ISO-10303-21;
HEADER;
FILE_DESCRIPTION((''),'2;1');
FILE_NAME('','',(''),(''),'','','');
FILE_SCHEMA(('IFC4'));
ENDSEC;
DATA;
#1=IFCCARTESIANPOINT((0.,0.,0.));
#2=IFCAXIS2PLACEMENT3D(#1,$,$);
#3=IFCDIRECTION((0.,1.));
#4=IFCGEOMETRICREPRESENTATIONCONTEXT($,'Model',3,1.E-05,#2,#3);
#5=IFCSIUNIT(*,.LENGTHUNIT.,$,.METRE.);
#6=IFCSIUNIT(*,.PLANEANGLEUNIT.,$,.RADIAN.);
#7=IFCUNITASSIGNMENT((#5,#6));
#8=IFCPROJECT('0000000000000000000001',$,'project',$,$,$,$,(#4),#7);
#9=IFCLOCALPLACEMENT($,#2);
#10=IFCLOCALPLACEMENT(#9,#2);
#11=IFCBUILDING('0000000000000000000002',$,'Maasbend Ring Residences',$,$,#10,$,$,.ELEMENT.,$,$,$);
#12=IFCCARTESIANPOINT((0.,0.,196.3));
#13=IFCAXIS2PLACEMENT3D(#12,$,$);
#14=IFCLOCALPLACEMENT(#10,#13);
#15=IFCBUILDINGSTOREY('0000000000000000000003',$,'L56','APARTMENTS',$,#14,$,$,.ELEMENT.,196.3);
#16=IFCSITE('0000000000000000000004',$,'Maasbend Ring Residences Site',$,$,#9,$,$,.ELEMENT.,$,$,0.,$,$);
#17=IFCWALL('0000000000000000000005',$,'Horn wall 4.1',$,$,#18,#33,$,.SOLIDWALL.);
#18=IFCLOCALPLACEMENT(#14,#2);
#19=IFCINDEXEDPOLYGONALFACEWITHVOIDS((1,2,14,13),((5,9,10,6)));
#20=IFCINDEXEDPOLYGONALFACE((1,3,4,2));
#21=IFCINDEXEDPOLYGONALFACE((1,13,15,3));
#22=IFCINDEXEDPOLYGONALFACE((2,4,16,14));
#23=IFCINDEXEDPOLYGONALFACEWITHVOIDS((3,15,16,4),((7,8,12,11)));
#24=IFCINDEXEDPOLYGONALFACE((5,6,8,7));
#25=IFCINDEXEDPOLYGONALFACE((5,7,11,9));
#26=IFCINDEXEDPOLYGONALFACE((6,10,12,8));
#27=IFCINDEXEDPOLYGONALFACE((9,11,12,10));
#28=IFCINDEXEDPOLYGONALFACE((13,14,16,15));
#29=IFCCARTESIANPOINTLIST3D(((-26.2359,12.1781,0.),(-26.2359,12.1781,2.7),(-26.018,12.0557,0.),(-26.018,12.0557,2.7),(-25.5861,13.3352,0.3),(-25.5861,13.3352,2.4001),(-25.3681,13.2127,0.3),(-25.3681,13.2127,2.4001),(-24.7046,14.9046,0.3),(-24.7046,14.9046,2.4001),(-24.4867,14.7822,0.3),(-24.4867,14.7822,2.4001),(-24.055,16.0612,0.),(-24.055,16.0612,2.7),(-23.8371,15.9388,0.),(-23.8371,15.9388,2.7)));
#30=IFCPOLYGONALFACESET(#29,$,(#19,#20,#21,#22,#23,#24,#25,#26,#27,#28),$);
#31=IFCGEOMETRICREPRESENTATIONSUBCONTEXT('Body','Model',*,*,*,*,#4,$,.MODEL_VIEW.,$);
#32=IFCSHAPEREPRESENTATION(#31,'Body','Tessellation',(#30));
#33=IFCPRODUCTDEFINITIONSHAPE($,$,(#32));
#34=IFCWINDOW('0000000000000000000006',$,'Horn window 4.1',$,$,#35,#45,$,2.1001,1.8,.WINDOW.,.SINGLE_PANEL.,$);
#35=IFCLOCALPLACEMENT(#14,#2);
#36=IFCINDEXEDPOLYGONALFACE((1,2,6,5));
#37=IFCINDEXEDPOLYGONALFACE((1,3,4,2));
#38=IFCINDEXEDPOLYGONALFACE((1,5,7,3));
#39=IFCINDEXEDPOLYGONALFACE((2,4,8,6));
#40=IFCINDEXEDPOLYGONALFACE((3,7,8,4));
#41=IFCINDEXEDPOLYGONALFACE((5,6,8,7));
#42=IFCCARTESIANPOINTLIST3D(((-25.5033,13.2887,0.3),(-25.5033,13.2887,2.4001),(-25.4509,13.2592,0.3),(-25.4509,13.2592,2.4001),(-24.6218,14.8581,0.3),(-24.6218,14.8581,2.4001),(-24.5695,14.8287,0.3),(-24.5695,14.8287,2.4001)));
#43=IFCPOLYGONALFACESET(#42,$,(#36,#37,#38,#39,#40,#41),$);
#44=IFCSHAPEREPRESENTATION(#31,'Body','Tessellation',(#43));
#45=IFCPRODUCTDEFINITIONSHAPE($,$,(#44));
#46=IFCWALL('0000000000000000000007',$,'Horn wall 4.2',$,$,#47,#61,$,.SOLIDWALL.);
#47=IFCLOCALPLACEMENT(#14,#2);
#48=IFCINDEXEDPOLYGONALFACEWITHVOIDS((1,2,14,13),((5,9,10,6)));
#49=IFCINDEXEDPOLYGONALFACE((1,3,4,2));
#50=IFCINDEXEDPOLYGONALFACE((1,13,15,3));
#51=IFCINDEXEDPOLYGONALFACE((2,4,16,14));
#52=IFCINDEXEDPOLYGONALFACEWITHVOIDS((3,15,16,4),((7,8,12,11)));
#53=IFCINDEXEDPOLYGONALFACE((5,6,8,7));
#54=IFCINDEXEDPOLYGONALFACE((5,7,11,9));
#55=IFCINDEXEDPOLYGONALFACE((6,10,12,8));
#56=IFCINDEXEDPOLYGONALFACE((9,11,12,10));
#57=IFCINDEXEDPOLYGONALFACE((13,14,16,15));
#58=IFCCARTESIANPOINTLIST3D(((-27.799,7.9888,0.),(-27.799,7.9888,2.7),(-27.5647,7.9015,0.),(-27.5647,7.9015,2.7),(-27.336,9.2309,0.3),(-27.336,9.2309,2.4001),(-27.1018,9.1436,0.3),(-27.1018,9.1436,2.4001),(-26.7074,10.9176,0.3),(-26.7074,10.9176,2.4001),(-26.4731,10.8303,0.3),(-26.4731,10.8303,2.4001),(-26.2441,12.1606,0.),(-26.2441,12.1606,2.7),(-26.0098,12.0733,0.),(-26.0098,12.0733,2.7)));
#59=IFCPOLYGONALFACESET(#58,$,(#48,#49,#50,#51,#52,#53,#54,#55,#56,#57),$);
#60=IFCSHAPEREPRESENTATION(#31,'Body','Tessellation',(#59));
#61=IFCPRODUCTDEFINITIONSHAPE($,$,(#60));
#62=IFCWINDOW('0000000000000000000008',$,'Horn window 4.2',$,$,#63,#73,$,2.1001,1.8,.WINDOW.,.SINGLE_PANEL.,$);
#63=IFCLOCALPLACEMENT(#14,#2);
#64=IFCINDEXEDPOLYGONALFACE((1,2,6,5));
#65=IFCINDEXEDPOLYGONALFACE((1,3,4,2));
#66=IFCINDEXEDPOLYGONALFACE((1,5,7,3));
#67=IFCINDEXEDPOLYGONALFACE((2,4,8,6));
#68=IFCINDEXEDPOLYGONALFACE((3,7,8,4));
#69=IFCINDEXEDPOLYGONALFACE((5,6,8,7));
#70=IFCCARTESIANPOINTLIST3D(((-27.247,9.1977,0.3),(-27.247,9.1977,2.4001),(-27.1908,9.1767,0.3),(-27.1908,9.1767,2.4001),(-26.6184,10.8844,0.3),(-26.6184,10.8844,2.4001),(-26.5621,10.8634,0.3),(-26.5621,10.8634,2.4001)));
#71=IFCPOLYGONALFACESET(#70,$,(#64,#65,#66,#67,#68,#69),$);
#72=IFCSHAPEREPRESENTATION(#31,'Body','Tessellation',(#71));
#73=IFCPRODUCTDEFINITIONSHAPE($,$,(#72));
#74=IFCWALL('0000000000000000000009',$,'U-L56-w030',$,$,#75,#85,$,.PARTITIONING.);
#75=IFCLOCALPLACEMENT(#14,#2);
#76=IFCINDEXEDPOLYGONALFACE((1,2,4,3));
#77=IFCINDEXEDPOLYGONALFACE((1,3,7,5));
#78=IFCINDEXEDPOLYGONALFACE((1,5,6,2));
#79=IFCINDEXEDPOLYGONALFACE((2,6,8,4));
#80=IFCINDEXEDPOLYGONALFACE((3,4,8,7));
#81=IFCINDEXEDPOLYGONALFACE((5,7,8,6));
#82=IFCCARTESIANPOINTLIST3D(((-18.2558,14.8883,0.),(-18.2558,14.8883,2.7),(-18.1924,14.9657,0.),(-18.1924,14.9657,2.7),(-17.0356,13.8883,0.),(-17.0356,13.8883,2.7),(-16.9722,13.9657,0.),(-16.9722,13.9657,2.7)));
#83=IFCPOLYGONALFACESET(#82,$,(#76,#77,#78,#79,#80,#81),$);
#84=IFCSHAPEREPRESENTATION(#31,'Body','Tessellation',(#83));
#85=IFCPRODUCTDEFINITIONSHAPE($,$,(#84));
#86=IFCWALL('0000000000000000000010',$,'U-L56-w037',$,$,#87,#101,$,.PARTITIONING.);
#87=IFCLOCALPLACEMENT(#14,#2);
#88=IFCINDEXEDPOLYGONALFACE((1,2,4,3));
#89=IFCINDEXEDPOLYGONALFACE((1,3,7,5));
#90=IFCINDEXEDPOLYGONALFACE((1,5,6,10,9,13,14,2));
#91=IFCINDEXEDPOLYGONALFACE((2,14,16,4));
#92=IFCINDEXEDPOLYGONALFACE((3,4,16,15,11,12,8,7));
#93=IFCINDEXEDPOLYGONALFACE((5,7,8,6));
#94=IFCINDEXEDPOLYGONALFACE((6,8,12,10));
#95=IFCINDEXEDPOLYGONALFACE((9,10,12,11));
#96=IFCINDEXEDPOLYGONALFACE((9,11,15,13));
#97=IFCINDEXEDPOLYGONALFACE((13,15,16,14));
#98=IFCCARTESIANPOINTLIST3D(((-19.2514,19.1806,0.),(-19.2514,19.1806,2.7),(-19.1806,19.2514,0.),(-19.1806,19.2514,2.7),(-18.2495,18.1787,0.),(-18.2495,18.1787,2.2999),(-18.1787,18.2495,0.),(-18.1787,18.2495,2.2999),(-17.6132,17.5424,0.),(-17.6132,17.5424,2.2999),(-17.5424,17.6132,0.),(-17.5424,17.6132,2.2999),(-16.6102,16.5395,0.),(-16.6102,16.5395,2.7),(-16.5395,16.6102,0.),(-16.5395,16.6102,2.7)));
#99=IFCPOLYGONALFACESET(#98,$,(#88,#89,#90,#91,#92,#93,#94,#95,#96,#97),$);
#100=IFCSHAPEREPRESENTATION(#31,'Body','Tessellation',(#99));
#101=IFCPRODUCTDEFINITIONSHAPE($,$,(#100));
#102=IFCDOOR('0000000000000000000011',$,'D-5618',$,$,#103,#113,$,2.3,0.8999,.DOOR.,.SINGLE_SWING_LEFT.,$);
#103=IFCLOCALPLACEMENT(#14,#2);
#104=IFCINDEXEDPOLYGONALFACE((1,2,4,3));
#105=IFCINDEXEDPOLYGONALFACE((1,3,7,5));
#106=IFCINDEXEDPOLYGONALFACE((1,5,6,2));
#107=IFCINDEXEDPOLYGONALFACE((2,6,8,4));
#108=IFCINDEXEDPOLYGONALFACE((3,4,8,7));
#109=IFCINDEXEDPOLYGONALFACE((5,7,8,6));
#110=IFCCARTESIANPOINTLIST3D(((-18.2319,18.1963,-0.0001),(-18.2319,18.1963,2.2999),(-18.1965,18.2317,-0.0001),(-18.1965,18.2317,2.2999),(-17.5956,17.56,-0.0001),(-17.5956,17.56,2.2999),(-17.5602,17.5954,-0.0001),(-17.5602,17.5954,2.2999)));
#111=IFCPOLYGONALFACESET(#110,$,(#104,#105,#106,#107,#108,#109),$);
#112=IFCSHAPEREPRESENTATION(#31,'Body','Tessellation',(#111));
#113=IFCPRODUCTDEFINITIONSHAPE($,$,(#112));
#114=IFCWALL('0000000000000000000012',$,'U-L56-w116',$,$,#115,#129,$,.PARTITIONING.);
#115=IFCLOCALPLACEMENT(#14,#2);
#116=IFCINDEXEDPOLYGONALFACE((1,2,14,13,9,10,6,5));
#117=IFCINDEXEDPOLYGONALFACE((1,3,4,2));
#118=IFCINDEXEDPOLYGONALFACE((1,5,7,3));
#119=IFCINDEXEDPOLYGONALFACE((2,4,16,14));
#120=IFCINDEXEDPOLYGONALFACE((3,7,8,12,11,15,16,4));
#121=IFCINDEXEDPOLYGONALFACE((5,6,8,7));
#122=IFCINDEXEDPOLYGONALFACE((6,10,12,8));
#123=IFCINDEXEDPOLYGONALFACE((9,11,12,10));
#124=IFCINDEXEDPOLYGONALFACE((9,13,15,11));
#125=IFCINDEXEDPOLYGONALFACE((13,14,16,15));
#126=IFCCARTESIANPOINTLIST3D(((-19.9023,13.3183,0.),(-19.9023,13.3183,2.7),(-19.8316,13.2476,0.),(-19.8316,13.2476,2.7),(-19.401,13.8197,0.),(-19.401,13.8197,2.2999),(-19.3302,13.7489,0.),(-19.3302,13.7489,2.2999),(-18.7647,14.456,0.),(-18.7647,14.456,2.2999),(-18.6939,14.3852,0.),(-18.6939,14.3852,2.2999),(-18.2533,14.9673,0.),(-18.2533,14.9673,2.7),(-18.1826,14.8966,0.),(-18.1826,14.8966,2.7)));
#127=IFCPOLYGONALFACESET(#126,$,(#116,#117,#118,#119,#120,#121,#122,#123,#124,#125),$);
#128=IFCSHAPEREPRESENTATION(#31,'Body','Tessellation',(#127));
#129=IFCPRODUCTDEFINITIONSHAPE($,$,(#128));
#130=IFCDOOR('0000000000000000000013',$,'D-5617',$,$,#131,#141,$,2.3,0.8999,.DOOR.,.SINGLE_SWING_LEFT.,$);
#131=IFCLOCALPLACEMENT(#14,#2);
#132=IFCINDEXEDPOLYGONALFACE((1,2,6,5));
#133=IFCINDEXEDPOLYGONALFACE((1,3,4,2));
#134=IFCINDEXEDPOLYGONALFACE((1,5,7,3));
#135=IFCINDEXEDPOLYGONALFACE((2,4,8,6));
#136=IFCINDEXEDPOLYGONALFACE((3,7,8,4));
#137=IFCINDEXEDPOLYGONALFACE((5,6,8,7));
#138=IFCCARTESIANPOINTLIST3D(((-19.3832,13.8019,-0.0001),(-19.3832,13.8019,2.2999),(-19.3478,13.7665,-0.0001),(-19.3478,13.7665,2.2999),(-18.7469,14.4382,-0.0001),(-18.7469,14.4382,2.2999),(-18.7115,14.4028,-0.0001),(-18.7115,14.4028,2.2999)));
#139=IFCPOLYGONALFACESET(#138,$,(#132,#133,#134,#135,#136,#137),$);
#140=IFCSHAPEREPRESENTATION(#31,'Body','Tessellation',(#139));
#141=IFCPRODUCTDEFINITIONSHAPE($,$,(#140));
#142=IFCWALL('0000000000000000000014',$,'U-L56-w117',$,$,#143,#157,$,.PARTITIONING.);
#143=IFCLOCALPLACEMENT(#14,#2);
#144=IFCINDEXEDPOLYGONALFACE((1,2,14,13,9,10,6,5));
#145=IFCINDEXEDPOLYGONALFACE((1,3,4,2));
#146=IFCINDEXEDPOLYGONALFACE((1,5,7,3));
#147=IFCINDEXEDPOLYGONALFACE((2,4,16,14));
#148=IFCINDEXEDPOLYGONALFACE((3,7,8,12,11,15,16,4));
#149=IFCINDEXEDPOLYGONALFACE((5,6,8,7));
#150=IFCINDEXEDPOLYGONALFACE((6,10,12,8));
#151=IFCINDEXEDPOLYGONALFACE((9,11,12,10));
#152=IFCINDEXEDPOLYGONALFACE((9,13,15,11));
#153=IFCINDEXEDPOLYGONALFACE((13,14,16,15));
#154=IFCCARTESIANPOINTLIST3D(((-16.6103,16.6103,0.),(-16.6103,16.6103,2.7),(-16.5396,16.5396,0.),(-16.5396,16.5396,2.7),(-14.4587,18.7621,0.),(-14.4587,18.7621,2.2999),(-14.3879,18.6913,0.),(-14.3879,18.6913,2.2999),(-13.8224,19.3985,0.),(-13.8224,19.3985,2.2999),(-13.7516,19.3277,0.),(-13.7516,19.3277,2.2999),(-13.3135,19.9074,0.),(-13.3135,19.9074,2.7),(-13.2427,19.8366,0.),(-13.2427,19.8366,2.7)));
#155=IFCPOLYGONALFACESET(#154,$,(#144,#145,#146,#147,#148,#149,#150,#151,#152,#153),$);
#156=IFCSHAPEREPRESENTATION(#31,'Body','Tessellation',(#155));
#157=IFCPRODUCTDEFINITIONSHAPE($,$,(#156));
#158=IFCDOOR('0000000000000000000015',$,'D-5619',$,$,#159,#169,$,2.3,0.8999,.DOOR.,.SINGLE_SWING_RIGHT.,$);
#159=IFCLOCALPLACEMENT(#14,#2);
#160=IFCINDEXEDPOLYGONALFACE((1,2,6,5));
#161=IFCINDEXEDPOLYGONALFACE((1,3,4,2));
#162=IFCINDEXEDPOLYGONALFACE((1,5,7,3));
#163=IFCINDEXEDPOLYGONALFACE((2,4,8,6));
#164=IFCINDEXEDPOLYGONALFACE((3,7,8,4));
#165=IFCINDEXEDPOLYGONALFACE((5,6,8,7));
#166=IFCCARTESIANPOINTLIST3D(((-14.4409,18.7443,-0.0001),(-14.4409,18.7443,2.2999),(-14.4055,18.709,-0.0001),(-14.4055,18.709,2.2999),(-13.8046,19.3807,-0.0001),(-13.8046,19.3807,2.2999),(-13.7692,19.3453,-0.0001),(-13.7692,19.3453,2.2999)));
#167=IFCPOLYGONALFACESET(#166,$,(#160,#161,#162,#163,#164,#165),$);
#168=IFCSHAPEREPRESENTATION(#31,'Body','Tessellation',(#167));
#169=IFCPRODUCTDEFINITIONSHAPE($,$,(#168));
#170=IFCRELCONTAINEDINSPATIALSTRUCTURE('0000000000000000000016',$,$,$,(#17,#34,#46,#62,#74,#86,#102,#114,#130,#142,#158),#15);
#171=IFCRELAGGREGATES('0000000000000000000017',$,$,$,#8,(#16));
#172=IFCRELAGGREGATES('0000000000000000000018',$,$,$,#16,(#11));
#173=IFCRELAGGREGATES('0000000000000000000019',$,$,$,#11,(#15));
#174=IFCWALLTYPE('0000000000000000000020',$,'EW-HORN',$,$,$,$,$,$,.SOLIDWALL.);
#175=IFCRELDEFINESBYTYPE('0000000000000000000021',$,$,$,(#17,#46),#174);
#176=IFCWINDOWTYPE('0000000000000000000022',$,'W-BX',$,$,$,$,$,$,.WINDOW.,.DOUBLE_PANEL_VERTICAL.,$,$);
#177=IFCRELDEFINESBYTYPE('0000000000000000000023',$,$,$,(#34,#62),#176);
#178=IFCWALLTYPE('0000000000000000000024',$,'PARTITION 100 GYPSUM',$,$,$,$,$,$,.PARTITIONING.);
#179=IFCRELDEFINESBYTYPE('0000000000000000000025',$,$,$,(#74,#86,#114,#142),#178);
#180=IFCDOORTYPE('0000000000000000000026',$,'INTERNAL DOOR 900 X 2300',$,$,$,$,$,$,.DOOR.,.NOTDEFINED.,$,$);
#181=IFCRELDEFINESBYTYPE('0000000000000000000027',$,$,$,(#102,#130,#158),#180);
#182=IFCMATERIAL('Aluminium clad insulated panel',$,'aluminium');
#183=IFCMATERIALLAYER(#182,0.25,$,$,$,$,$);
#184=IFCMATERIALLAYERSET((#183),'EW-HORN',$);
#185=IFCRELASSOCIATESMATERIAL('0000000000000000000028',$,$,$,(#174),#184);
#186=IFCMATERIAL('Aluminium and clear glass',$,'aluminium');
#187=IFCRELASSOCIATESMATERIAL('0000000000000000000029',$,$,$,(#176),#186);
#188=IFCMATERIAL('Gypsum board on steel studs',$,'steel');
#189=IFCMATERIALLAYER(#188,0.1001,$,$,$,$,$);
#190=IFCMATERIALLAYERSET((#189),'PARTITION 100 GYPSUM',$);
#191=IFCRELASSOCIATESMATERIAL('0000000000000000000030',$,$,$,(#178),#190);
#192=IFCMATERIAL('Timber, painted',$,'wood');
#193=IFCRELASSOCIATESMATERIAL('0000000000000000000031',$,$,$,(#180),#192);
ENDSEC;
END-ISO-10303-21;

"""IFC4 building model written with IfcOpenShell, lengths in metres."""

from ifc_helpers import new_model, si_unit, direction, frame, frame_2d, origin, place, context, subcontext, project, spatial, rectangle, extrude, material, layer, layer_set, type_object, element, fill, save


model = new_model("IFC4")

# Units and contexts
model_context = context("Model", 3, precision=1e-05, world=origin(), true_north=direction((0.0, 1.0)))
body_context = subcontext(model_context, "Body", "Model", "MODEL_VIEW")
ifc_project = project(units=[si_unit("LENGTHUNIT", "METRE"), si_unit("PLANEANGLEUNIT", "RADIAN")], contexts=[model_context])

# Site, building, storey
site_placement = place(None, origin())
site = spatial("IfcSite", under=ifc_project, at=site_placement, Name="Maasbend Ring Residences Site", CompositionType="ELEMENT", RefElevation=0.0)
building_placement = place(site_placement, origin())
building = spatial("IfcBuilding", under=site, at=building_placement, Name="Maasbend Ring Residences", CompositionType="ELEMENT")
storey_placement = place(building_placement, frame((0.0, 0.0, 196.3)))
storey = spatial("IfcBuildingStorey", under=building, at=storey_placement, Name="L56", Description="APARTMENTS", CompositionType="ELEMENT", Elevation=196.3)

# Walls, openings, windows
ifc_material_1 = material(Name="Aluminium clad insulated panel", Category="aluminium")
ifc_layer_1 = layer(ifc_material_1, 0.25)
ifc_layer_set_1 = layer_set([ifc_layer_1], Name="EW-HORN")
wall_type_1 = type_object("IfcWallType", Name="EW-HORN", PredefinedType="SOLIDWALL", material=ifc_layer_set_1)
wall_1_placement = place(storey_placement, frame((-23.946, 16.0, 0.0), z_axis=(0.0, 0.0, 1.0), x_axis=(-0.489696, -0.871893, 0.0)))
wall_1 = element("IfcWall", 1, at=wall_1_placement, inside=storey, type_object=wall_type_1, Name="Horn wall 4.1", PredefinedType="SOLIDWALL", context=body_context, shape_type="SweptSolid", body=[
    extrude(rectangle(XDim=4.4536, YDim=0.25, at=frame_2d((2.2268, 0.0))), origin(), (0.0, 0.0, 1.0), 2.7),
])
opening_1_placement = place(wall_1_placement, frame((1.3267, 0.0, 0.3)))
opening_1 = element("IfcOpeningElement", 2, at=opening_1_placement, cuts=wall_1, PredefinedType="OPENING", context=body_context, shape_type="SweptSolid", body=[
    extrude(rectangle(XDim=1.8, YDim=2.1001, at=frame_2d((0.8999, 1.05))), frame((0.0, 0.135, 0.0), z_axis=(0.0, -1.0, 0.0), x_axis=(1.0, 0.0, 0.0)), (0.0, 0.0, 1.0), 0.27),
])
ifc_material_2 = material(Name="Aluminium and clear glass", Category="aluminium")
window_type_1 = type_object("IfcWindowType", Name="W-BX", PartitioningType="DOUBLE_PANEL_VERTICAL", PredefinedType="WINDOW", material=ifc_material_2)
window_1_placement = place(opening_1_placement, origin())
window_1 = element("IfcWindow", 3, at=window_1_placement, inside=storey, type_object=window_type_1, Name="Horn window 4.1", OverallHeight=2.1001, OverallWidth=1.8, PartitioningType="SINGLE_PANEL", PredefinedType="WINDOW", context=body_context, shape_type="SweptSolid", body=[
    extrude(rectangle(XDim=1.8, YDim=2.1001, at=frame_2d((0.8999, 1.05))), frame((0.0, 0.03, 0.0), z_axis=(0.0, -1.0, 0.0), x_axis=(1.0, 0.0, 0.0)), (0.0, 0.0, 1.0), 0.0601),
])
fill(opening_1, window_1)
wall_2_placement = place(storey_placement, frame((-26.127, 12.1169, 0.0), z_axis=(0.0, 0.0, 1.0), x_axis=(-0.349248, -0.93703, 0.0)))
wall_2 = element("IfcWall", 4, at=wall_2_placement, inside=storey, type_object=wall_type_1, Name="Horn wall 4.2", PredefinedType="SOLIDWALL", context=body_context, shape_type="SweptSolid", body=[
    extrude(rectangle(XDim=4.4521, YDim=0.25, at=frame_2d((2.2261, 0.0))), origin(), (0.0, 0.0, 1.0), 2.7),
])
opening_2_placement = place(wall_2_placement, frame((1.3267, 0.0, 0.3)))
opening_2 = element("IfcOpeningElement", 5, at=opening_2_placement, cuts=wall_2, PredefinedType="OPENING", context=body_context, shape_type="SweptSolid", body=[
    extrude(rectangle(XDim=1.8, YDim=2.1001, at=frame_2d((0.8999, 1.05))), frame((0.0, 0.135, 0.0), z_axis=(0.0, -1.0, 0.0), x_axis=(1.0, 0.0, 0.0)), (0.0, 0.0, 1.0), 0.27),
])
window_2_placement = place(opening_2_placement, origin())
window_2 = element("IfcWindow", 6, at=window_2_placement, inside=storey, type_object=window_type_1, Name="Horn window 4.2", OverallHeight=2.1001, OverallWidth=1.8, PartitioningType="SINGLE_PANEL", PredefinedType="WINDOW", context=body_context, shape_type="SweptSolid", body=[
    extrude(rectangle(XDim=1.8, YDim=2.1001, at=frame_2d((0.8999, 1.05))), frame((0.0, 0.03, 0.0), z_axis=(0.0, -1.0, 0.0), x_axis=(1.0, 0.0, 0.0)), (0.0, 0.0, 1.0), 0.0601),
])
fill(opening_2, window_2)

# Wall
ifc_material_3 = material(Name="Gypsum board on steel studs", Category="steel")
ifc_layer_2 = layer(ifc_material_3, 0.1001)
ifc_layer_set_2 = layer_set([ifc_layer_2], Name="PARTITION 100 GYPSUM")
wall_type_2 = type_object("IfcWallType", Name="PARTITION 100 GYPSUM", PredefinedType="PARTITIONING", material=ifc_layer_set_2)
wall_3_placement = place(storey_placement, frame((-18.2241, 14.927, 0.0), z_axis=(0.0, 0.0, 1.0), x_axis=(0.773447, -0.633861, 0.0)))
element("IfcWall", 7, at=wall_3_placement, inside=storey, type_object=wall_type_2, Name="U-L56-w030", PredefinedType="PARTITIONING", context=body_context, shape_type="SweptSolid", body=[
    extrude(rectangle(XDim=1.5776, YDim=0.1001, at=frame_2d((0.7888, 0.0))), origin(), (0.0, 0.0, 1.0), 2.7),
])

# Walls, openings, doors
wall_4_placement = place(storey_placement, frame((-19.2161, 19.2161, 0.0), z_axis=(0.0, 0.0, 1.0), x_axis=(0.707107, -0.707107, 0.0)))
wall_4 = element("IfcWall", 8, at=wall_4_placement, inside=storey, type_object=wall_type_2, Name="U-L56-w037", PredefinedType="PARTITIONING", context=body_context, shape_type="SweptSolid", body=[
    extrude(rectangle(XDim=3.7351, YDim=0.1001, at=frame_2d((1.8677, 0.0))), origin(), (0.0, 0.0, 1.0), 2.7),
])
opening_3_placement = place(wall_4_placement, frame((1.417, 0.0, 0.0)))
opening_3 = element("IfcOpeningElement", 9, at=opening_3_placement, cuts=wall_4, PredefinedType="OPENING", context=body_context, shape_type="SweptSolid", body=[
    extrude(rectangle(XDim=0.8999, YDim=2.3, at=frame_2d((0.45, 1.1499))), frame((0.0, 0.0601, 0.0), z_axis=(0.0, -1.0, 0.0), x_axis=(1.0, 0.0, 0.0)), (0.0, 0.0, 1.0), 0.1201),
])
ifc_material_4 = material(Name="Timber, painted", Category="wood")
door_type_1 = type_object("IfcDoorType", Name="INTERNAL DOOR 900 X 2300", OperationType="NOTDEFINED", PredefinedType="DOOR", material=ifc_material_4)
door_1_placement = place(opening_3_placement, origin())
door_1 = element("IfcDoor", 10, at=door_1_placement, inside=storey, type_object=door_type_1, Name="D-5618", OperationType="SINGLE_SWING_LEFT", OverallHeight=2.3, OverallWidth=0.8999, PredefinedType="DOOR", context=body_context, shape_type="SweptSolid", body=[
    extrude(rectangle(XDim=0.8999, YDim=2.3, at=frame_2d((0.45, 1.1499))), frame((0.0, 0.0249, 0.0), z_axis=(0.0, -1.0, 0.0), x_axis=(1.0, 0.0, 0.0)), (0.0, 0.0, 1.0), 0.05),
])
fill(opening_3, door_1)
wall_5_placement = place(storey_placement, frame((-19.8669, 13.283, 0.0), z_axis=(0.0, 0.0, 1.0), x_axis=(0.707107, 0.707107, 0.0)))
wall_5 = element("IfcWall", 11, at=wall_5_placement, inside=storey, type_object=wall_type_2, Name="U-L56-w116", PredefinedType="PARTITIONING", context=body_context, shape_type="SweptSolid", body=[
    extrude(rectangle(XDim=2.332, YDim=0.1001, at=frame_2d((1.166, 0.0))), origin(), (0.0, 0.0, 1.0), 2.7),
])
opening_4_placement = place(wall_5_placement, frame((0.709, 0.0, 0.0)))
opening_4 = element("IfcOpeningElement", 12, at=opening_4_placement, cuts=wall_5, PredefinedType="OPENING", context=body_context, shape_type="SweptSolid", body=[
    extrude(rectangle(XDim=0.8999, YDim=2.3, at=frame_2d((0.45, 1.1499))), frame((0.0, 0.0601, 0.0), z_axis=(0.0, -1.0, 0.0), x_axis=(1.0, 0.0, 0.0)), (0.0, 0.0, 1.0), 0.1201),
])
door_2_placement = place(opening_4_placement, origin())
door_2 = element("IfcDoor", 13, at=door_2_placement, inside=storey, type_object=door_type_1, Name="D-5617", OperationType="SINGLE_SWING_LEFT", OverallHeight=2.3, OverallWidth=0.8999, PredefinedType="DOOR", context=body_context, shape_type="SweptSolid", body=[
    extrude(rectangle(XDim=0.8999, YDim=2.3, at=frame_2d((0.45, 1.1499))), frame((0.0, 0.0249, 0.0), z_axis=(0.0, -1.0, 0.0), x_axis=(1.0, 0.0, 0.0)), (0.0, 0.0, 1.0), 0.05),
])
fill(opening_4, door_2)
wall_6_placement = place(storey_placement, frame((-16.575, 16.575, 0.0), z_axis=(0.0, 0.0, 1.0), x_axis=(0.707081, 0.707133, 0.0)))
wall_6 = element("IfcWall", 14, at=wall_6_placement, inside=storey, type_object=wall_type_2, Name="U-L56-w117", PredefinedType="PARTITIONING", context=body_context, shape_type="SweptSolid", body=[
    extrude(rectangle(XDim=4.6626, YDim=0.1001, at=frame_2d((2.3313, 0.0))), origin(), (0.0, 0.0, 1.0), 2.7),
])
opening_5_placement = place(wall_6_placement, frame((3.043, 0.0, 0.0)))
opening_5 = element("IfcOpeningElement", 15, at=opening_5_placement, cuts=wall_6, PredefinedType="OPENING", context=body_context, shape_type="SweptSolid", body=[
    extrude(rectangle(XDim=0.8999, YDim=2.3, at=frame_2d((0.45, 1.1499))), frame((0.0, 0.0601, 0.0), z_axis=(0.0, -1.0, 0.0), x_axis=(1.0, 0.0, 0.0)), (0.0, 0.0, 1.0), 0.1201),
])
door_3_placement = place(opening_5_placement, origin())
door_3 = element("IfcDoor", 16, at=door_3_placement, inside=storey, type_object=door_type_1, Name="D-5619", OperationType="SINGLE_SWING_RIGHT", OverallHeight=2.3, OverallWidth=0.8999, PredefinedType="DOOR", context=body_context, shape_type="SweptSolid", body=[
    extrude(rectangle(XDim=0.8999, YDim=2.3, at=frame_2d((0.45, 1.1499))), frame((0.0, 0.0249, 0.0), z_axis=(0.0, -1.0, 0.0), x_axis=(1.0, 0.0, 0.0)), (0.0, 0.0, 1.0), 0.05),
])
fill(opening_5, door_3)

save(model, "model.ifc")
